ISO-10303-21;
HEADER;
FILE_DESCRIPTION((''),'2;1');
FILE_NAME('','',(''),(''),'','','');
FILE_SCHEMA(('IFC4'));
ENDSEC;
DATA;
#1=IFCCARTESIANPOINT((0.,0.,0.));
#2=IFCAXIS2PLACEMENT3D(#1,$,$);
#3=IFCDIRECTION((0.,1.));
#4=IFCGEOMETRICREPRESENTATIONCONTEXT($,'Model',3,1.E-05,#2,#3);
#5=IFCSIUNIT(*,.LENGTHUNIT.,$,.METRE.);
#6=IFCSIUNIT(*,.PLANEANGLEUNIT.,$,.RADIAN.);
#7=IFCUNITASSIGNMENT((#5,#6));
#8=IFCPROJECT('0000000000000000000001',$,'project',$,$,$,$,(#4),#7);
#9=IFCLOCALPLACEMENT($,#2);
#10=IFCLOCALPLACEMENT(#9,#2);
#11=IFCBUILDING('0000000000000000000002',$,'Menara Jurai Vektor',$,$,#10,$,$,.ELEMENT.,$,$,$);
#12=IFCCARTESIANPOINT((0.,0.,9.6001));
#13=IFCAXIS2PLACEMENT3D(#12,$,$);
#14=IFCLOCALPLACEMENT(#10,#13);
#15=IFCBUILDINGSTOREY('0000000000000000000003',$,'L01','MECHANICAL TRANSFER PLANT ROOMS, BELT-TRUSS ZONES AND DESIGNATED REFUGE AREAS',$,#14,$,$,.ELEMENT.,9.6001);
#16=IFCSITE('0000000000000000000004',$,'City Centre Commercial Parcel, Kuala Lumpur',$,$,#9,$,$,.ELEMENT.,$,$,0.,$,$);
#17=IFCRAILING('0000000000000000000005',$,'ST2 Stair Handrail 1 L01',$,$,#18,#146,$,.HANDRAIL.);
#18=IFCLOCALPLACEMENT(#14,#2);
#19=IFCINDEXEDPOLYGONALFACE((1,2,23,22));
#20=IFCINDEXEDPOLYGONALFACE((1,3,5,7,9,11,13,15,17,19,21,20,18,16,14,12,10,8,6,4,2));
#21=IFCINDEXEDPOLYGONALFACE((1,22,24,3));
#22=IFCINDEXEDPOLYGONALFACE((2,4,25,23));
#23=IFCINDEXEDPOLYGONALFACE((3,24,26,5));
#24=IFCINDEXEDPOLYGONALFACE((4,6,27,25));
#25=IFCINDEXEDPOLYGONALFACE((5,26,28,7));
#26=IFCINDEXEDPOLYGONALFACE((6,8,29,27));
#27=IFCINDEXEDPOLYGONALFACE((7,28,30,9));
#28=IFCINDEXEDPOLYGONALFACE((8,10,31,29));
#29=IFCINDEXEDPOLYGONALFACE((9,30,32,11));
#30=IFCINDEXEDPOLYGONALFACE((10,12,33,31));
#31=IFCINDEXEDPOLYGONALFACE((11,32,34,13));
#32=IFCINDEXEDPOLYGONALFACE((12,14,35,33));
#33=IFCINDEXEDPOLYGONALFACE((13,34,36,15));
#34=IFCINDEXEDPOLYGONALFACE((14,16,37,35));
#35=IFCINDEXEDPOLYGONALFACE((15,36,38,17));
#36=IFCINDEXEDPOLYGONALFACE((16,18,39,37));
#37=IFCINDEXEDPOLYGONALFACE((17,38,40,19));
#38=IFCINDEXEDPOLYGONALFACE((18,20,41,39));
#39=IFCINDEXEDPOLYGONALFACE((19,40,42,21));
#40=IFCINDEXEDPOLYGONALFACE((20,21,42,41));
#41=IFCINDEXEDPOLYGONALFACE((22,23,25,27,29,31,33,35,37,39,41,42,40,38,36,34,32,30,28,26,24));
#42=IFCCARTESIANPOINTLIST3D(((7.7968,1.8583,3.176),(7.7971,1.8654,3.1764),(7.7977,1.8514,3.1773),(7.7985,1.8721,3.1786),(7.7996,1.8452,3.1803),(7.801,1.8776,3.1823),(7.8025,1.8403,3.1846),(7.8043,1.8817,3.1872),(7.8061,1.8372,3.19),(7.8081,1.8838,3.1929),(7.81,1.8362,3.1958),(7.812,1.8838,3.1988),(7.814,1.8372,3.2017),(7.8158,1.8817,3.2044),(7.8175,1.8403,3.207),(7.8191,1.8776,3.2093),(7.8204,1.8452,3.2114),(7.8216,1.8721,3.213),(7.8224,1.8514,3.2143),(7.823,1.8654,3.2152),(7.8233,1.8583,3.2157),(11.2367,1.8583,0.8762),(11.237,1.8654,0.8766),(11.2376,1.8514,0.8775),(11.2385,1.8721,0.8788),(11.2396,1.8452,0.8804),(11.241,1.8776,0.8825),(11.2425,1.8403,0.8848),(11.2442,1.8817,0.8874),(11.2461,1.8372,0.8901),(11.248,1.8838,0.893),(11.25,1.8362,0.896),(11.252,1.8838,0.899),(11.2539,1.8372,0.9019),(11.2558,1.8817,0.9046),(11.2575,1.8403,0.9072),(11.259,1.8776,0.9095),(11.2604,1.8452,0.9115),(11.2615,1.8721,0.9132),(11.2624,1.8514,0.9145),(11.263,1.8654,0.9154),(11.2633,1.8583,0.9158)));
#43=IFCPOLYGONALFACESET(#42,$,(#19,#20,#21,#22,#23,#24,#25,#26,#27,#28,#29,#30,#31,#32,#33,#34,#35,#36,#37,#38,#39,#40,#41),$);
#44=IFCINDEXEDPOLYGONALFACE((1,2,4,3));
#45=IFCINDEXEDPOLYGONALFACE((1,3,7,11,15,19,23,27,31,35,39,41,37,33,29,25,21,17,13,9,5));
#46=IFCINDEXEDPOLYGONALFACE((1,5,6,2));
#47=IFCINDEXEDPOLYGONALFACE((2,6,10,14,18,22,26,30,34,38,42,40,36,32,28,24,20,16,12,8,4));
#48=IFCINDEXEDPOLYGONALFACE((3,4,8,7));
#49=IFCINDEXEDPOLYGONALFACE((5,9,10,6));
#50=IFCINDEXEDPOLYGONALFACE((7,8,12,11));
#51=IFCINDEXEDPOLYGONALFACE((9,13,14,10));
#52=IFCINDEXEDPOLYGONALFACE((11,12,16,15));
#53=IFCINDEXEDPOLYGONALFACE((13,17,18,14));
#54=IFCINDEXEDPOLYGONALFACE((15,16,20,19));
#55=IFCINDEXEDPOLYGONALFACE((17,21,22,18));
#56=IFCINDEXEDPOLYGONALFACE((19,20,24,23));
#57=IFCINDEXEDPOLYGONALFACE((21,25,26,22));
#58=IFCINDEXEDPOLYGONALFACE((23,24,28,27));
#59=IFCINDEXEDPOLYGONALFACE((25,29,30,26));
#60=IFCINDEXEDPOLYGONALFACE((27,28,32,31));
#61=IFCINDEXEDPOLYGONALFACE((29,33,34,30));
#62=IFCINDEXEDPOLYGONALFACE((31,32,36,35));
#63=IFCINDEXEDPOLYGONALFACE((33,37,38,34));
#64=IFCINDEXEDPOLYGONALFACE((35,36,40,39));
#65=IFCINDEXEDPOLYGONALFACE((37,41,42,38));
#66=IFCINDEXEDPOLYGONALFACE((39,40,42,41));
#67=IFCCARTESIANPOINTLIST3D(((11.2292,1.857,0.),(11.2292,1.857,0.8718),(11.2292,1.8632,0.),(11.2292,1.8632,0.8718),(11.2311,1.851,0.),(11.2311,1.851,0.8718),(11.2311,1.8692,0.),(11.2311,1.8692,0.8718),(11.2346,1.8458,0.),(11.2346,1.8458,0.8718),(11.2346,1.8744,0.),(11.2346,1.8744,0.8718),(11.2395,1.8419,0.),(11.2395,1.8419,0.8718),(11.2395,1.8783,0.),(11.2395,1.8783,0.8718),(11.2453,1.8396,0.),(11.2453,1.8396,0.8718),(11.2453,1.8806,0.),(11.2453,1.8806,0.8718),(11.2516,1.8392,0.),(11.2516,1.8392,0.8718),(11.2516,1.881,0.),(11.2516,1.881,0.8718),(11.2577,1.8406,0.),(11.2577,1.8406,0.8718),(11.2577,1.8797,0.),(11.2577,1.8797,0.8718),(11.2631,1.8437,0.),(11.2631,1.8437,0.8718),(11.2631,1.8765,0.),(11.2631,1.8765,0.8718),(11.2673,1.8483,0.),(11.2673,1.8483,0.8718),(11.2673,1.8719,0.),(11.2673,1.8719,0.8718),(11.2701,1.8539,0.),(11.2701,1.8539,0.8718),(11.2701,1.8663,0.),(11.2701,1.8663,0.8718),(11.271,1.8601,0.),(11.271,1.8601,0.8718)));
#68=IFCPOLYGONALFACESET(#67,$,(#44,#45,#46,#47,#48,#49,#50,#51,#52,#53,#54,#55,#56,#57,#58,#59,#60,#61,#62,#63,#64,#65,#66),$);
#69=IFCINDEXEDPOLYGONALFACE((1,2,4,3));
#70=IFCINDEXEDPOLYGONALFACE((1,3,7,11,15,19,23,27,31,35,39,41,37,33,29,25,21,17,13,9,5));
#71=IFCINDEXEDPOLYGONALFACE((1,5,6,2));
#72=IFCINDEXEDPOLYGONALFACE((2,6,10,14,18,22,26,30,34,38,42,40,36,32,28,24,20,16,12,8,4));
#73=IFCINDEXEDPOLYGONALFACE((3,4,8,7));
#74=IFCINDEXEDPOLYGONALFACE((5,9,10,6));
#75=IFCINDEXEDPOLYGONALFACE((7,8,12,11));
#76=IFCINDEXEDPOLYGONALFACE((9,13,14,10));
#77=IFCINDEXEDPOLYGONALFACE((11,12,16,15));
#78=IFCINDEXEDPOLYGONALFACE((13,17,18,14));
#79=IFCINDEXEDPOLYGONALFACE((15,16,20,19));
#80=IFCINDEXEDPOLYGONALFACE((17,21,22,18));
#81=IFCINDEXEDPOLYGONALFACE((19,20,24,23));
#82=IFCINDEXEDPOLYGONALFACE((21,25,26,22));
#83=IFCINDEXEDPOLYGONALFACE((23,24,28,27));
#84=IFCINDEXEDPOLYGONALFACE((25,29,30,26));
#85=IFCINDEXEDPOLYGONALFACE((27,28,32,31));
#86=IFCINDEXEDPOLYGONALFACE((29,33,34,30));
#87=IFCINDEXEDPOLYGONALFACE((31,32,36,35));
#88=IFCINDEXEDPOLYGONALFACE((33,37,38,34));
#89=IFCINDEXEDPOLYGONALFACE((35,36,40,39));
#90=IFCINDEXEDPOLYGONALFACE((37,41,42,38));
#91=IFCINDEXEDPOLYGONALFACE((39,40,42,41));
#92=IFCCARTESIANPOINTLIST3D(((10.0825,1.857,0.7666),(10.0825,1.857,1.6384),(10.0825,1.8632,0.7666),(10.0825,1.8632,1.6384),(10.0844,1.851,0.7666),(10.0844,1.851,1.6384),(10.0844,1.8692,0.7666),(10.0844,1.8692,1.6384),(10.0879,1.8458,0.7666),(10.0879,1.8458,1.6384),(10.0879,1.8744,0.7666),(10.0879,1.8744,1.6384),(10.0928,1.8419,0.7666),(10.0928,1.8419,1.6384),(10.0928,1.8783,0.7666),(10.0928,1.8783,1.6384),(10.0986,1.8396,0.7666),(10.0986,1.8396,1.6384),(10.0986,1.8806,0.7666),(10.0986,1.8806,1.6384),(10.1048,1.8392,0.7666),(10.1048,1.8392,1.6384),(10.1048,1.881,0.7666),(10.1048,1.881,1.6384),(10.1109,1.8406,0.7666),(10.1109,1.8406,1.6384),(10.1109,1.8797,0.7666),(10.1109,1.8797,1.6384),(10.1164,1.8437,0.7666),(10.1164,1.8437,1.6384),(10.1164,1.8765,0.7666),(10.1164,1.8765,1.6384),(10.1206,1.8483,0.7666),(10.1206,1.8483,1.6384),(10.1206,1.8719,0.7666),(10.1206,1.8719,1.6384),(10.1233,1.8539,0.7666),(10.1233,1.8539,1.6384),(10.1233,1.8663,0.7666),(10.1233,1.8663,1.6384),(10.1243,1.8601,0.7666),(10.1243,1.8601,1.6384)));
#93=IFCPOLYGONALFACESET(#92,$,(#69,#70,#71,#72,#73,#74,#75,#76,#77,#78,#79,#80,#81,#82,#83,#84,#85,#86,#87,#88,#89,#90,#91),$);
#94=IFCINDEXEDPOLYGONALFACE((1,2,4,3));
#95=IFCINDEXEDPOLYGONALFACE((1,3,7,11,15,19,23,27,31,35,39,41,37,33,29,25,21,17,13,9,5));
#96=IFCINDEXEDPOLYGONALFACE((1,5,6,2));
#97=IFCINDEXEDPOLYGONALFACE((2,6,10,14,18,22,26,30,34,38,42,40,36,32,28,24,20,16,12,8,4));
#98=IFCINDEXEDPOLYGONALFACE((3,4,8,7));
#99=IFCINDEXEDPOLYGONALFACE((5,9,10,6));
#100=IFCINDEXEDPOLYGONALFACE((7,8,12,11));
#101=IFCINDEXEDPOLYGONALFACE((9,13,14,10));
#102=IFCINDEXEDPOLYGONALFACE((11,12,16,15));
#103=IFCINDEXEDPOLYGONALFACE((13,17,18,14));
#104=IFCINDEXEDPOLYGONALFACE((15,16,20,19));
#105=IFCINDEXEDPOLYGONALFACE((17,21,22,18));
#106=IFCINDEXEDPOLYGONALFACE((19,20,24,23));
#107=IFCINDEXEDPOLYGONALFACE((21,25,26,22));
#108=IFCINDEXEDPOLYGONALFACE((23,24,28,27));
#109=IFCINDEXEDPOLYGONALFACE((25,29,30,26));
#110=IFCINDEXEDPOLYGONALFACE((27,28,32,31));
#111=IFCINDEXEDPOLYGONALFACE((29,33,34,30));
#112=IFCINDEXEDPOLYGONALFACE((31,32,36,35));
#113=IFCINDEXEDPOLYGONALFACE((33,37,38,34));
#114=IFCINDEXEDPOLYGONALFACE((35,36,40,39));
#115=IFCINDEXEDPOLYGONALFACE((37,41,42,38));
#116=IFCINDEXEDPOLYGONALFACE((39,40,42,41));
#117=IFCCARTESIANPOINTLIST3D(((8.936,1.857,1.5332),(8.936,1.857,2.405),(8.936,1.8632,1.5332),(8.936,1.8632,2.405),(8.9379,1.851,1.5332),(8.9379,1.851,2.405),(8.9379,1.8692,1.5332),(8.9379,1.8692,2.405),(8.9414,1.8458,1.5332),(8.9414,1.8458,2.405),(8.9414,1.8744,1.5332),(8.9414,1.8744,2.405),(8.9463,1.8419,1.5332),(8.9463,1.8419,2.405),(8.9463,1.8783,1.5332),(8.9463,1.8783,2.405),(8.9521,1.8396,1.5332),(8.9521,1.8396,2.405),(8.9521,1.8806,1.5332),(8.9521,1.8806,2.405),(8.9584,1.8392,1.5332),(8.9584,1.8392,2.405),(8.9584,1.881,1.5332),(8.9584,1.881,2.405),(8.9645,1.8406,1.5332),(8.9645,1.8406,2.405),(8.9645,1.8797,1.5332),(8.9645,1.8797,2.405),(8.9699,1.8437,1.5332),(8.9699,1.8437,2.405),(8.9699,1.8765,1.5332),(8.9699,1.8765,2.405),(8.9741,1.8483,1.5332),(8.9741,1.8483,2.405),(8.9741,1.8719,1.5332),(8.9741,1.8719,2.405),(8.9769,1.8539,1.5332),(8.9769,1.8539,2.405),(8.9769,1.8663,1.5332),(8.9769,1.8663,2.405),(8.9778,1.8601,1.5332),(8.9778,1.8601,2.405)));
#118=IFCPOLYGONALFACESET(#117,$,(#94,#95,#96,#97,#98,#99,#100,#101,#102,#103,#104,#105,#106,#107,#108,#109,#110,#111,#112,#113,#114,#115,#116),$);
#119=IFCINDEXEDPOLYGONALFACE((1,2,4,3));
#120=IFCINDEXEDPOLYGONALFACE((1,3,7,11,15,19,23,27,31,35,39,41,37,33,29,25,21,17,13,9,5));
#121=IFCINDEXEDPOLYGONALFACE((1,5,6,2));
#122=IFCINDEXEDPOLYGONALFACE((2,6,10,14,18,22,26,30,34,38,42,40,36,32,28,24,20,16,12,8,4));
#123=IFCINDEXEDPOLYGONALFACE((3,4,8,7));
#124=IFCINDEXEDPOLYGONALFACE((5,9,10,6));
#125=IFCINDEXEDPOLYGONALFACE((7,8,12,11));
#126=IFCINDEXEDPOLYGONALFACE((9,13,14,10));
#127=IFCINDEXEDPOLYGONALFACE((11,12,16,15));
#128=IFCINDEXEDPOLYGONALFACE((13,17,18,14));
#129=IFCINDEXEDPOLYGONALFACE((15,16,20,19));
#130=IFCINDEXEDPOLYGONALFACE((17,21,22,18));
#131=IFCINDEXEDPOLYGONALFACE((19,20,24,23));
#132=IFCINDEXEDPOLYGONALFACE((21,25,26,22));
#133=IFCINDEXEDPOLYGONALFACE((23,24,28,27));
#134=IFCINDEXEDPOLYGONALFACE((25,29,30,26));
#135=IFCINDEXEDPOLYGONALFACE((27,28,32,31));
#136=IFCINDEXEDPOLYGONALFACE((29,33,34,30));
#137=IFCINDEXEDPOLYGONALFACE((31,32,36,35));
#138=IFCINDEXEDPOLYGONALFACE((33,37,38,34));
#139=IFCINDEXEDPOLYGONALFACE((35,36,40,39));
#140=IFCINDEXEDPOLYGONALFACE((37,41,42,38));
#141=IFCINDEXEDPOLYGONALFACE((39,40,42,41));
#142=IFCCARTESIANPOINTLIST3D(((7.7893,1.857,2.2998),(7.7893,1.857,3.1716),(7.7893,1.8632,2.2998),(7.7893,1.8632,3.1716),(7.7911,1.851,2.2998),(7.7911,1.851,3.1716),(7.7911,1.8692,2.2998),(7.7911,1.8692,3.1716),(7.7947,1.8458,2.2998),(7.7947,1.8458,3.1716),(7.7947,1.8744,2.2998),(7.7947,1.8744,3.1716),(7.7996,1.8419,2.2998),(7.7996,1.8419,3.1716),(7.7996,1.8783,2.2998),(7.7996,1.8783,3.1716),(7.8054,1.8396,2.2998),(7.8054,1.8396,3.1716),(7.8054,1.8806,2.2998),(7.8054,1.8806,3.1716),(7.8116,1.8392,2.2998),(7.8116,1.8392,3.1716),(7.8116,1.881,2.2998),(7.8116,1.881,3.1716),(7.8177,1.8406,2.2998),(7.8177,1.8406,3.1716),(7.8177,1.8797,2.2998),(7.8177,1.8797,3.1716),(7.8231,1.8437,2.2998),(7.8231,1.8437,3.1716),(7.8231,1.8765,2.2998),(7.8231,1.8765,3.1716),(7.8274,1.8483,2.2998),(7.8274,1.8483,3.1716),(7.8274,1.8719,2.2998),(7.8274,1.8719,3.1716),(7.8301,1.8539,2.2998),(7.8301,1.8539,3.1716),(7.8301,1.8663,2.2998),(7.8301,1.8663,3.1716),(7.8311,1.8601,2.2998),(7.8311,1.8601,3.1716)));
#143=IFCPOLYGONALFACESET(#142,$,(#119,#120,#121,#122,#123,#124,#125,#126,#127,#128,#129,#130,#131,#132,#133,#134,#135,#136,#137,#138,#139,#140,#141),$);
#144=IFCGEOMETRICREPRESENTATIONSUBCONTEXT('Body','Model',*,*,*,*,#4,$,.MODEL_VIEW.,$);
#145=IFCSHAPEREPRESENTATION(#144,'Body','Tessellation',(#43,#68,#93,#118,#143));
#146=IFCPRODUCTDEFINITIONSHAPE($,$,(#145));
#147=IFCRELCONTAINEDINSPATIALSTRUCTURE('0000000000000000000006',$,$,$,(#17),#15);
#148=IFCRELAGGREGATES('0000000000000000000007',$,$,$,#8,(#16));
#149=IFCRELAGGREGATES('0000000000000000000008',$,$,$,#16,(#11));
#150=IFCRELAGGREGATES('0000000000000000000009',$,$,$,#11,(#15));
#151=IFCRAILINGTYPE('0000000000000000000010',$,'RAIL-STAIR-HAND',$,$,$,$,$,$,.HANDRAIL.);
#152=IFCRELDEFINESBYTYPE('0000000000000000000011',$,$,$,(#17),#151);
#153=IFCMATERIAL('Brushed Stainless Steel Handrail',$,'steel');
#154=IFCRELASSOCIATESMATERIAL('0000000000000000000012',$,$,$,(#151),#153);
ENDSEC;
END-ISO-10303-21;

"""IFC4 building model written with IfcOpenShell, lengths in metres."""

from ifc_helpers import new_model, si_unit, direction, frame, origin, origin_2d, place, context, subcontext, project, spatial, circle, extrude, material, type_object, element, save


model = new_model("IFC4")

# Units and contexts
model_context = context("Model", 3, precision=1e-05, world=origin(), true_north=direction((0.0, 1.0)))
body_context = subcontext(model_context, "Body", "Model", "MODEL_VIEW")
ifc_project = project(units=[si_unit("LENGTHUNIT", "METRE"), si_unit("PLANEANGLEUNIT", "RADIAN")], contexts=[model_context])

# Site, building, storey
site_placement = place(None, origin())
site = spatial("IfcSite", under=ifc_project, at=site_placement, Name="City Centre Commercial Parcel, Kuala Lumpur", CompositionType="ELEMENT", RefElevation=0.0)
building_placement = place(site_placement, origin())
building = spatial("IfcBuilding", under=site, at=building_placement, Name="Menara Jurai Vektor", CompositionType="ELEMENT")
storey_placement = place(building_placement, frame((0.0, 0.0, 9.6001)))
storey = spatial("IfcBuildingStorey", under=building, at=storey_placement, Name="L01", Description="MECHANICAL TRANSFER PLANT ROOMS, BELT-TRUSS ZONES AND DESIGNATED REFUGE AREAS", CompositionType="ELEMENT", Elevation=9.6001)

# Railing
ifc_material_1 = material(Name="Brushed Stainless Steel Handrail", Category="steel")
railing_type_1 = type_object("IfcRailingType", Name="RAIL-STAIR-HAND", PredefinedType="HANDRAIL", material=ifc_material_1)
railing_1_placement = place(storey_placement, frame((11.25, 1.8601, 0.0)))
element("IfcRailing", 1, at=railing_1_placement, inside=storey, type_object=railing_type_1, Name="ST2 Stair Handrail 1 L01", PredefinedType="HANDRAIL", context=body_context, shape_type="SweptSolid", body=[
    extrude(circle(Radius=0.0239, at=origin_2d()), frame((0.0, 0.0, 0.896), z_axis=(-0.831323, 0.0, 0.555789), x_axis=(0.0, -1.0, 0.0)), (0.0, 0.0, 1.0), 4.1379),
    extrude(circle(Radius=0.021, at=origin_2d()), origin(), (0.0, 0.0, 1.0), 0.8718),
    extrude(circle(Radius=0.021, at=origin_2d()), frame((-1.1467, 0.0, 0.7666)), (0.0, 0.0, 1.0), 0.8718),
    extrude(circle(Radius=0.021, at=origin_2d()), frame((-2.2932, 0.0, 1.5332)), (0.0, 0.0, 1.0), 0.8718),
    extrude(circle(Radius=0.021, at=origin_2d()), frame((-3.4399, 0.0, 2.2998)), (0.0, 0.0, 1.0), 0.8718),
])

save(model, "model.ifc")
